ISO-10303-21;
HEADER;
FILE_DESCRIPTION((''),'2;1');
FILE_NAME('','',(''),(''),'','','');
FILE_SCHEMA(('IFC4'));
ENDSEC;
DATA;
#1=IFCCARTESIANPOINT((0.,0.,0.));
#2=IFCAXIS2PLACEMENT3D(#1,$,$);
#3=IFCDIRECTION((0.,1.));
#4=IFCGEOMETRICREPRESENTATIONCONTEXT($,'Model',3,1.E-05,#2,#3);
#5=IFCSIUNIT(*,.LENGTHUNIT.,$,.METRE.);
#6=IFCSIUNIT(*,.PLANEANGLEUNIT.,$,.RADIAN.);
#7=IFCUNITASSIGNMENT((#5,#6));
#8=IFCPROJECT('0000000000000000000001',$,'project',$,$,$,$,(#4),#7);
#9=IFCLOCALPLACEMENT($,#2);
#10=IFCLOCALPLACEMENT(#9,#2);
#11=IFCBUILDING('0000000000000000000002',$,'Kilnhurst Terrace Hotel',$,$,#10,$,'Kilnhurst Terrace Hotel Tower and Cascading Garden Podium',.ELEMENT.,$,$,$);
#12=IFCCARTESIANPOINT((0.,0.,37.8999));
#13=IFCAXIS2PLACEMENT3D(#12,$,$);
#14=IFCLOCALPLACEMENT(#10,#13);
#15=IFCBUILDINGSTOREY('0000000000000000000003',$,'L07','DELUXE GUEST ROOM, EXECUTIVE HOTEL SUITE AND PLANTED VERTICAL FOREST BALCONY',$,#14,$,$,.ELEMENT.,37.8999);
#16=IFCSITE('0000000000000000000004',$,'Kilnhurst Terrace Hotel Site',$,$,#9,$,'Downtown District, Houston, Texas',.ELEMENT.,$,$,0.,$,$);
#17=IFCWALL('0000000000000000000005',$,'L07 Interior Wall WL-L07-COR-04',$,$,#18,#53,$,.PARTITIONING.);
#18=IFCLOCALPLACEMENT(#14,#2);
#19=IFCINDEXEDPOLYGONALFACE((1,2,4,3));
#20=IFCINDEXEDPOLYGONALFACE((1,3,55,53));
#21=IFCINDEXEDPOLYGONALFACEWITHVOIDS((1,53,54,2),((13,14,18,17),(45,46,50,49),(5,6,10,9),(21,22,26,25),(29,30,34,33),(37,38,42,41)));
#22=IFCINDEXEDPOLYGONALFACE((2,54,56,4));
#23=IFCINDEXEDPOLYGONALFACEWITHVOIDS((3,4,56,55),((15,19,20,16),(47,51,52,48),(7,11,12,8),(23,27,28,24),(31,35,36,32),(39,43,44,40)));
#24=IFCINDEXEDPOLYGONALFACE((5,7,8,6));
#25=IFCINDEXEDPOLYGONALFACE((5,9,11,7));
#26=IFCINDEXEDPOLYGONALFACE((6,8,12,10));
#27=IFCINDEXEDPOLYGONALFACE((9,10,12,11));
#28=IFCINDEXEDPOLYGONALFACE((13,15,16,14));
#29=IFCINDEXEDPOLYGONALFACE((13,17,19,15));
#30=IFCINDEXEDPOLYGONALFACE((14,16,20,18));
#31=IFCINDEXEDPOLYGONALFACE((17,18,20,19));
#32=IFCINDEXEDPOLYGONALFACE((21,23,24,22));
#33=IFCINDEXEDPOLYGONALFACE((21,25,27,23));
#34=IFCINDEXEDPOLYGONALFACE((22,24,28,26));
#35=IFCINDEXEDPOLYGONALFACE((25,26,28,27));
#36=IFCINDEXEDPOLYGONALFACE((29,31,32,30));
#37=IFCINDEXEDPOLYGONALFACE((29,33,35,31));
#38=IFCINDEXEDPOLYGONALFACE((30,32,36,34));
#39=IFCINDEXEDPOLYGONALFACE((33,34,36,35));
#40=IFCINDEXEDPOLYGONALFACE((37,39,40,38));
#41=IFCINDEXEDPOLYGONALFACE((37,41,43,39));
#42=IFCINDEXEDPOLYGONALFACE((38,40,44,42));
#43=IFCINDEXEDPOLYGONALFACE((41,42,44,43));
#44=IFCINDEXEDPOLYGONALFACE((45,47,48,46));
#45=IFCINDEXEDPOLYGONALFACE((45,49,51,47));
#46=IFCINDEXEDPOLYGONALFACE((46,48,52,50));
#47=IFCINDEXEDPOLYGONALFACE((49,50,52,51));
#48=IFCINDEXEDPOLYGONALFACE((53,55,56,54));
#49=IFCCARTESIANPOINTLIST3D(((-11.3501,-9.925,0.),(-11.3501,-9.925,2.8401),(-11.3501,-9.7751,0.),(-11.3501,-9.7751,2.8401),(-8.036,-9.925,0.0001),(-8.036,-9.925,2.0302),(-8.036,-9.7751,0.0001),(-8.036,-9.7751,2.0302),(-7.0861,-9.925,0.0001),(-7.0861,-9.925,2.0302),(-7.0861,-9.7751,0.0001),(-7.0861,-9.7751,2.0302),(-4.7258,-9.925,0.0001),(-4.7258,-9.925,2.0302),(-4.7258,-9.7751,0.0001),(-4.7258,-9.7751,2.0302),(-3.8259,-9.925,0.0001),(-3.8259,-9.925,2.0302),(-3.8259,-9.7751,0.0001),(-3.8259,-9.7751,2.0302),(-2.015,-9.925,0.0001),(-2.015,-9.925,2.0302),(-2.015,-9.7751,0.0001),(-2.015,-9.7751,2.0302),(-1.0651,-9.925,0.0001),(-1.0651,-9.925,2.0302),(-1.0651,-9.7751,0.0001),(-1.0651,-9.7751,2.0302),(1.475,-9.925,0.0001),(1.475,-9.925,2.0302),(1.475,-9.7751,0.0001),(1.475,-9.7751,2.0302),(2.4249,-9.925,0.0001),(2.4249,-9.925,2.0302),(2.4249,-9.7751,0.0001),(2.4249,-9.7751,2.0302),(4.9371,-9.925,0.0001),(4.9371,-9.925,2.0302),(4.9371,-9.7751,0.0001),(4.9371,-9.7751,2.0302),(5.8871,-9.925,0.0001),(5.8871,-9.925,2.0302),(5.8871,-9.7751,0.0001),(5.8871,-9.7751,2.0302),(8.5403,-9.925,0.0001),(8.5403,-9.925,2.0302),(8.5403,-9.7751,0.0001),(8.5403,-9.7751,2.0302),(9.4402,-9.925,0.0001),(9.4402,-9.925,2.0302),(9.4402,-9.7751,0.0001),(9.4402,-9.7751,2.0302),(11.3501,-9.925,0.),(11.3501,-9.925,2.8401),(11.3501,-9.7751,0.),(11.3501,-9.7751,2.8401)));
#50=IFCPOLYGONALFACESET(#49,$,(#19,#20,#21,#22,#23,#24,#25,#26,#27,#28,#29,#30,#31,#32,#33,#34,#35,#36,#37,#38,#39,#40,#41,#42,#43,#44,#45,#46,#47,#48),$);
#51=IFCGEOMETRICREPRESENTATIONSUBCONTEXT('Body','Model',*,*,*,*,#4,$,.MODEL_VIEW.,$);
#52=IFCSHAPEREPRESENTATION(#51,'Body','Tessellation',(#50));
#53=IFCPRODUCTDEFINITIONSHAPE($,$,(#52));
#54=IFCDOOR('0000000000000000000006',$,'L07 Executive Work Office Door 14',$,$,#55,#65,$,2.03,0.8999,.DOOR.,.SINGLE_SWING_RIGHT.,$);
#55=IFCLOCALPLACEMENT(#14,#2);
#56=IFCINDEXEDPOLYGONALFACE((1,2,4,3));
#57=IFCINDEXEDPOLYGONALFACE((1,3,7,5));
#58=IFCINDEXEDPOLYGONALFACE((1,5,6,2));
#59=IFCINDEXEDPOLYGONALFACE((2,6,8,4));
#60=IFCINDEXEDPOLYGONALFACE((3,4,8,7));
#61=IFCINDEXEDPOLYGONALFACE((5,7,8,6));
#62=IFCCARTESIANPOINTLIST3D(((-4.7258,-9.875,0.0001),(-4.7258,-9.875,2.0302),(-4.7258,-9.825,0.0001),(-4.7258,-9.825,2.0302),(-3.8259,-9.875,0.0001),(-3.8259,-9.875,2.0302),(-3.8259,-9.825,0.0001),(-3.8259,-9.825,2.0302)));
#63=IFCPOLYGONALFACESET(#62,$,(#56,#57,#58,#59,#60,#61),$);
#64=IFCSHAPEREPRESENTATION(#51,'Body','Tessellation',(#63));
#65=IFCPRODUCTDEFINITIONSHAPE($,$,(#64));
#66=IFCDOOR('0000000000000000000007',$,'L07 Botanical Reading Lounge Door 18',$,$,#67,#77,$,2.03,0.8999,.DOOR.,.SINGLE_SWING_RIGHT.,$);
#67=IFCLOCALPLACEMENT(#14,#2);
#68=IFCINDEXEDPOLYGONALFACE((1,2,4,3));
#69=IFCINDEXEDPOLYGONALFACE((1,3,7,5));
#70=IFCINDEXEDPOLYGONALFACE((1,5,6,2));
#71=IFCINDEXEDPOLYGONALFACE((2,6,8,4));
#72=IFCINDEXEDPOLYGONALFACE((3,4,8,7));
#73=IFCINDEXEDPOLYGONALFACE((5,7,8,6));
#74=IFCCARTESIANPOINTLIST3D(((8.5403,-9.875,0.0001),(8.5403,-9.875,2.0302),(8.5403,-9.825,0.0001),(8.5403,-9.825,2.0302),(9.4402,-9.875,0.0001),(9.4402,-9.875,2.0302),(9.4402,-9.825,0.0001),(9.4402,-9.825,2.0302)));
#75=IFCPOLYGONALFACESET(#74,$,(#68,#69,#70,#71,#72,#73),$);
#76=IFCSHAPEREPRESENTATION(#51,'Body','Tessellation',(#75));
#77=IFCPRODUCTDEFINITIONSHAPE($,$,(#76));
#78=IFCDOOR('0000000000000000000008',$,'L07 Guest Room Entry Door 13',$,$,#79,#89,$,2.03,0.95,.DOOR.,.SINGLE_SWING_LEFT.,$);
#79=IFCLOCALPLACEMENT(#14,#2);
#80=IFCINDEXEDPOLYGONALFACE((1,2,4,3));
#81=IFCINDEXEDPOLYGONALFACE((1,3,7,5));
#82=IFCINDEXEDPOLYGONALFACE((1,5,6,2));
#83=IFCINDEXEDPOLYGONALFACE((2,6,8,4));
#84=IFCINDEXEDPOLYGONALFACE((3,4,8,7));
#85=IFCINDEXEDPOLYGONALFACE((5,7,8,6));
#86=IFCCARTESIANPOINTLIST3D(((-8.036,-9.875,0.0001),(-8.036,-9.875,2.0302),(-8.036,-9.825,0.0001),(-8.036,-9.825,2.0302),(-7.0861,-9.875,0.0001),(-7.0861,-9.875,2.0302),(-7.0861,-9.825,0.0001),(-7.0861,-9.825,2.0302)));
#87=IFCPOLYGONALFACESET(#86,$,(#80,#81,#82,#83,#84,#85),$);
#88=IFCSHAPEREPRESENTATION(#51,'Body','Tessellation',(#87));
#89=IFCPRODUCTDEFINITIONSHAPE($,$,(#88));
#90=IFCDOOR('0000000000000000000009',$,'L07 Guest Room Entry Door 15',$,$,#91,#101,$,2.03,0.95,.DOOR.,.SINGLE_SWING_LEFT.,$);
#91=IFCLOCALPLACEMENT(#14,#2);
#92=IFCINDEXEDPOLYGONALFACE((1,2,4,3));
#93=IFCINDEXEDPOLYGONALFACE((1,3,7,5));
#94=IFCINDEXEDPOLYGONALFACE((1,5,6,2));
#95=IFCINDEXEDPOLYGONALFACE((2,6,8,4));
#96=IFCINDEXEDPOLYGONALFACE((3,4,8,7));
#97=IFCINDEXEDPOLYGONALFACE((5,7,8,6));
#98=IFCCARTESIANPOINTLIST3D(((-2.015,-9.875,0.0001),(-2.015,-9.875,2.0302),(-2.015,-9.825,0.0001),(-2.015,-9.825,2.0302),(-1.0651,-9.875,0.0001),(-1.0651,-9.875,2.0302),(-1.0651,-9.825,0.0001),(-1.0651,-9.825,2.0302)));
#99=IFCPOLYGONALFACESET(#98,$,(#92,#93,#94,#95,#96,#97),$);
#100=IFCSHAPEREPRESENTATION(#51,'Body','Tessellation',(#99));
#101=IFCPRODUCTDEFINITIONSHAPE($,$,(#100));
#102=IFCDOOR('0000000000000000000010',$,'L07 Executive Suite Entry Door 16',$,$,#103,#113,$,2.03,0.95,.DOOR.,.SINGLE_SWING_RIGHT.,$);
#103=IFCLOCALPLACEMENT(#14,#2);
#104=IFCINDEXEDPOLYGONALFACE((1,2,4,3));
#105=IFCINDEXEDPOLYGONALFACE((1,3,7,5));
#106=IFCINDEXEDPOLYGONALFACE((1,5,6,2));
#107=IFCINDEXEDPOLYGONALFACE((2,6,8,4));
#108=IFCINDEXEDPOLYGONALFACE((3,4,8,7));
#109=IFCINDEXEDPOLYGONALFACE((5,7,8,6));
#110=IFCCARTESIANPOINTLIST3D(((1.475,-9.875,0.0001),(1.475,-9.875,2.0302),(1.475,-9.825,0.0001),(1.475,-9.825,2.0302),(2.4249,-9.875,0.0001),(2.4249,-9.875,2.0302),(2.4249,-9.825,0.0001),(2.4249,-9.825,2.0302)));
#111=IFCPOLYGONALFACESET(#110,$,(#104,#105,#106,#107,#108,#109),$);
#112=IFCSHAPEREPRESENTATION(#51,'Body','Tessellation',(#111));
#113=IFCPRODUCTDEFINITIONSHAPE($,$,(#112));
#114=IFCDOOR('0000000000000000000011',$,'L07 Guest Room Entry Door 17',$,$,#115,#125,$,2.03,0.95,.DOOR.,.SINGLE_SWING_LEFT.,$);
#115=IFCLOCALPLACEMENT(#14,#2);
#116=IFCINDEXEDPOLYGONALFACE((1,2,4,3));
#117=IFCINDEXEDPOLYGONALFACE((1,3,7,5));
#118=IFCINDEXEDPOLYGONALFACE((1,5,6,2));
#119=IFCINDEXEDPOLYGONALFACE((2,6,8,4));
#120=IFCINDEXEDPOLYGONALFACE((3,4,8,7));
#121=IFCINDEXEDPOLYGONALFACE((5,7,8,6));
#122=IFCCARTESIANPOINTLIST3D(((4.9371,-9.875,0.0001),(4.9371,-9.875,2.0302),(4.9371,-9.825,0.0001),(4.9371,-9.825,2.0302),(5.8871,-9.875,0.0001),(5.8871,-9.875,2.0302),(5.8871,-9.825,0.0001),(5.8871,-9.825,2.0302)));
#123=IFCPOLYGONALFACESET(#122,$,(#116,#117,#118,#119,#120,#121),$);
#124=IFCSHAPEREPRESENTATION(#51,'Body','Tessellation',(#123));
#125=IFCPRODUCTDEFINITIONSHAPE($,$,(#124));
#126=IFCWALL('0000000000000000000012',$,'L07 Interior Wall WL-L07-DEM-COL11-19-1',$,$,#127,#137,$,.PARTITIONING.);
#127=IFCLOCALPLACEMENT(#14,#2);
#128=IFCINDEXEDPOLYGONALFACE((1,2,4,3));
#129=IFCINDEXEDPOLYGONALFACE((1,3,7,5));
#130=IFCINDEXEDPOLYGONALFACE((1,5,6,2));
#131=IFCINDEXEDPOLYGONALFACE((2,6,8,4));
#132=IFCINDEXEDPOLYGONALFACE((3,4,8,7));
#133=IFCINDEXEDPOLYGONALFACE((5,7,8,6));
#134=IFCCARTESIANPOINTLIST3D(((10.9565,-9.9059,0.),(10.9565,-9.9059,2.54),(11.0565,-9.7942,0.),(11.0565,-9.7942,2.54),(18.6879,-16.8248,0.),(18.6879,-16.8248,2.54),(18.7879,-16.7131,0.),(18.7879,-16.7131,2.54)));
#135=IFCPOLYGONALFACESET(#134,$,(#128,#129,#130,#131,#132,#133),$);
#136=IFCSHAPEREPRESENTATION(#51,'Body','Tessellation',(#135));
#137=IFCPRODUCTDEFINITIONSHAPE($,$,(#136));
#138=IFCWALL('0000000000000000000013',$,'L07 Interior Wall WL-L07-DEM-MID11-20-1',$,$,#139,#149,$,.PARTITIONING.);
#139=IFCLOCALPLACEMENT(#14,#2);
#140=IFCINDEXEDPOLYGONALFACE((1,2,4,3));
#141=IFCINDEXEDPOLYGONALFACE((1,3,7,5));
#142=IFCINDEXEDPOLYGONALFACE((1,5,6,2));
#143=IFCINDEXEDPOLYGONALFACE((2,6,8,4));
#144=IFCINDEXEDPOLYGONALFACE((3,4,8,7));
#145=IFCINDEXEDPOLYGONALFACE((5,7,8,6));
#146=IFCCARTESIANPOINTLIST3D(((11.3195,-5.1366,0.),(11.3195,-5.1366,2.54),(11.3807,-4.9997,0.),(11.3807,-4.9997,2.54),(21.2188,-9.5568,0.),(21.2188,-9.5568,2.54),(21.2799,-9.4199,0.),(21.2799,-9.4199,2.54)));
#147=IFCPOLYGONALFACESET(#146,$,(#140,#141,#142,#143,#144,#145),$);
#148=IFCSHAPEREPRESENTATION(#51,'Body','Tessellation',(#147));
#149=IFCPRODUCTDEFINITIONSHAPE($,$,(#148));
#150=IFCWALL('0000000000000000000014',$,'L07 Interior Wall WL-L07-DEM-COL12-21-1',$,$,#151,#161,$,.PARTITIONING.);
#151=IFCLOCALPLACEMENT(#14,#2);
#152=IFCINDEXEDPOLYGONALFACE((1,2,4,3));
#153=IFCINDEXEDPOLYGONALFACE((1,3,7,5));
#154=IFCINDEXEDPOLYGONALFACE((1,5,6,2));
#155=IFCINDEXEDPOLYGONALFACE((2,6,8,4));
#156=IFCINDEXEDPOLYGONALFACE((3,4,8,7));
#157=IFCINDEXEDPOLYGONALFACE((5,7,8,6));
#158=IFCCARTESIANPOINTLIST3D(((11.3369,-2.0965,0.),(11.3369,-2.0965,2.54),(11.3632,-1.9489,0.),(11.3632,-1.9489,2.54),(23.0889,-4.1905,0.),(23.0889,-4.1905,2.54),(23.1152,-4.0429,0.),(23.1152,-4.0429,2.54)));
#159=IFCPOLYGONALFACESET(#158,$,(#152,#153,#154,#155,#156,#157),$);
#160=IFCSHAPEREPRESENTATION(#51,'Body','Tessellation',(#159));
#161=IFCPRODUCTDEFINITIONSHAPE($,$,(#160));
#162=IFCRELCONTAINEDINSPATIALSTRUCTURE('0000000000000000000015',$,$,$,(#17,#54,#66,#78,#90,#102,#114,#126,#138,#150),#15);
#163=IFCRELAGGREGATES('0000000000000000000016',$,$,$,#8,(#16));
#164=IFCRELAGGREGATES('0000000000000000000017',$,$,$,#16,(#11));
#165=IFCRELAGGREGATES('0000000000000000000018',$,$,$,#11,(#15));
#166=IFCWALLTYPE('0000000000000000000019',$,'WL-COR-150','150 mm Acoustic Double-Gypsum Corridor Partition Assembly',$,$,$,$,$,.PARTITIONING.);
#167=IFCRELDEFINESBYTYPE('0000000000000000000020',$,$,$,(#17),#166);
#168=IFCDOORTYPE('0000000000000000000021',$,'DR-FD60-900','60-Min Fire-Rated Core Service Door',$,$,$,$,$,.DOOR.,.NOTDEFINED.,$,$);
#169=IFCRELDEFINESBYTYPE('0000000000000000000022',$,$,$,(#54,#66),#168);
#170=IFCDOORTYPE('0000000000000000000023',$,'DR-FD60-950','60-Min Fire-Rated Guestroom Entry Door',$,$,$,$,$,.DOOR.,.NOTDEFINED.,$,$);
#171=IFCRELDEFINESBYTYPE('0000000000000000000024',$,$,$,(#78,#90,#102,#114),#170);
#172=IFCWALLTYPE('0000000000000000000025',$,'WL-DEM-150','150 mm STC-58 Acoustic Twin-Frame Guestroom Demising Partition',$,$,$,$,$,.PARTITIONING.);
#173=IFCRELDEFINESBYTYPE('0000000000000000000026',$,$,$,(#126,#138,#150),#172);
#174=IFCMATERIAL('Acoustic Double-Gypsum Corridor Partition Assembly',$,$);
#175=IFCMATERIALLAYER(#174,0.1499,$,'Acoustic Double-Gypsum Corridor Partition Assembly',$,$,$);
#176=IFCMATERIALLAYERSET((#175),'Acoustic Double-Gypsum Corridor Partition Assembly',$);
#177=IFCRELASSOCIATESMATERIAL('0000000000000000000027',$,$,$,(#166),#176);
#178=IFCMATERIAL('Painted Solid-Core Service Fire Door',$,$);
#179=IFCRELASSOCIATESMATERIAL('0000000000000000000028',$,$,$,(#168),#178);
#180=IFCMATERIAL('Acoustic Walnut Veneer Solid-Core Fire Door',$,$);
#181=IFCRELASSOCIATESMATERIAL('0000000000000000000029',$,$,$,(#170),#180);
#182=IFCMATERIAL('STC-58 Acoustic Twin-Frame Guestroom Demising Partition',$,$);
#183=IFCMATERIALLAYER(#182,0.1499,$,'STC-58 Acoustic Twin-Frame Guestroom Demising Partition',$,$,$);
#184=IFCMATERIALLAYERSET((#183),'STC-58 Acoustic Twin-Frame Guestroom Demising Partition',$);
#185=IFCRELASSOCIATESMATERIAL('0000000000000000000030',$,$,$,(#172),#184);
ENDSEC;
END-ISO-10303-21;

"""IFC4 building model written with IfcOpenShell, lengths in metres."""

from ifc_helpers import new_model, si_unit, direction, frame, frame_2d, origin, place, context, subcontext, project, spatial, rectangle, extrude, material, layer, layer_set, type_object, element, fill, save


model = new_model("IFC4")

# Units and contexts
model_context = context("Model", 3, precision=1e-05, world=origin(), true_north=direction((0.0, 1.0)))
body_context = subcontext(model_context, "Body", "Model", "MODEL_VIEW")
ifc_project = project(units=[si_unit("LENGTHUNIT", "METRE"), si_unit("PLANEANGLEUNIT", "RADIAN")], contexts=[model_context])

# Site, building, storey
site_placement = place(None, origin())
site = spatial("IfcSite", under=ifc_project, at=site_placement, Name="Kilnhurst Terrace Hotel Site", LongName="Downtown District, Houston, Texas", CompositionType="ELEMENT", RefElevation=0.0)
building_placement = place(site_placement, origin())
building = spatial("IfcBuilding", under=site, at=building_placement, Name="Kilnhurst Terrace Hotel", LongName="Kilnhurst Terrace Hotel Tower and Cascading Garden Podium", CompositionType="ELEMENT")
storey_placement = place(building_placement, frame((0.0, 0.0, 37.8999)))
storey = spatial("IfcBuildingStorey", under=building, at=storey_placement, Name="L07", Description="DELUXE GUEST ROOM, EXECUTIVE HOTEL SUITE AND PLANTED VERTICAL FOREST BALCONY", CompositionType="ELEMENT", Elevation=37.8999)

# Wall, openings, doors
ifc_material_1 = material(Name="Acoustic Double-Gypsum Corridor Partition Assembly")
ifc_layer_1 = layer(ifc_material_1, 0.1499, Name="Acoustic Double-Gypsum Corridor Partition Assembly")
ifc_layer_set_1 = layer_set([ifc_layer_1], Name="Acoustic Double-Gypsum Corridor Partition Assembly")
wall_type_1 = type_object("IfcWallType", Name="WL-COR-150", Description="150 mm Acoustic Double-Gypsum Corridor Partition Assembly", PredefinedType="PARTITIONING", material=ifc_layer_set_1)
wall_1_placement = place(storey_placement, frame((11.3501, -9.8501, 0.0), z_axis=(0.0, 0.0, 1.0), x_axis=(-1.0, 0.0, 0.0)))
wall_1 = element("IfcWall", 1, at=wall_1_placement, inside=storey, type_object=wall_type_1, Name="L07 Interior Wall WL-L07-COR-04", PredefinedType="PARTITIONING", context=body_context, shape_type="SweptSolid", body=[
    extrude(rectangle(XDim=22.7002, YDim=0.1499, at=frame_2d((11.3501, 0.0))), origin(), (0.0, 0.0, 1.0), 2.8401),
])
opening_1_placement = place(wall_1_placement, frame((18.436, 0.0, 0.0)))
opening_1 = element("IfcOpeningElement", 2, at=opening_1_placement, cuts=wall_1, PredefinedType="OPENING", context=body_context, shape_type="SweptSolid", body=[
    extrude(rectangle(XDim=0.95, YDim=2.03, at=frame_2d((0.4751, 1.0151))), frame((0.0, 0.085, 0.0), z_axis=(0.0, -1.0, 0.0), x_axis=(1.0, 0.0, 0.0)), (0.0, 0.0, 1.0), 0.1699),
])
opening_2_placement = place(wall_1_placement, frame((15.176, 0.0, 0.0)))
opening_2 = element("IfcOpeningElement", 3, at=opening_2_placement, cuts=wall_1, PredefinedType="OPENING", context=body_context, shape_type="SweptSolid", body=[
    extrude(rectangle(XDim=0.8999, YDim=2.03, at=frame_2d((0.45, 1.0151))), frame((0.0, 0.085, 0.0), z_axis=(0.0, -1.0, 0.0), x_axis=(1.0, 0.0, 0.0)), (0.0, 0.0, 1.0), 0.1699),
])
opening_3_placement = place(wall_1_placement, frame((12.415, 0.0, 0.0)))
opening_3 = element("IfcOpeningElement", 4, at=opening_3_placement, cuts=wall_1, PredefinedType="OPENING", context=body_context, shape_type="SweptSolid", body=[
    extrude(rectangle(XDim=0.95, YDim=2.03, at=frame_2d((0.4751, 1.0151))), frame((0.0, 0.085, 0.0), z_axis=(0.0, -1.0, 0.0), x_axis=(1.0, 0.0, 0.0)), (0.0, 0.0, 1.0), 0.1699),
])
opening_4_placement = place(wall_1_placement, frame((8.925, 0.0, 0.0)))
opening_4 = element("IfcOpeningElement", 5, at=opening_4_placement, cuts=wall_1, PredefinedType="OPENING", context=body_context, shape_type="SweptSolid", body=[
    extrude(rectangle(XDim=0.95, YDim=2.03, at=frame_2d((0.4751, 1.0151))), frame((0.0, 0.085, 0.0), z_axis=(0.0, -1.0, 0.0), x_axis=(1.0, 0.0, 0.0)), (0.0, 0.0, 1.0), 0.1699),
])
opening_5_placement = place(wall_1_placement, frame((5.4629, 0.0, 0.0)))
opening_5 = element("IfcOpeningElement", 6, at=opening_5_placement, cuts=wall_1, PredefinedType="OPENING", context=body_context, shape_type="SweptSolid", body=[
    extrude(rectangle(XDim=0.95, YDim=2.03, at=frame_2d((0.4751, 1.0151))), frame((0.0, 0.085, 0.0), z_axis=(0.0, -1.0, 0.0), x_axis=(1.0, 0.0, 0.0)), (0.0, 0.0, 1.0), 0.1699),
])
opening_6_placement = place(wall_1_placement, frame((1.9099, 0.0, 0.0)))
opening_6 = element("IfcOpeningElement", 7, at=opening_6_placement, cuts=wall_1, PredefinedType="OPENING", context=body_context, shape_type="SweptSolid", body=[
    extrude(rectangle(XDim=0.8999, YDim=2.03, at=frame_2d((0.45, 1.0151))), frame((0.0, 0.085, 0.0), z_axis=(0.0, -1.0, 0.0), x_axis=(1.0, 0.0, 0.0)), (0.0, 0.0, 1.0), 0.1699),
])
ifc_material_2 = material(Name="Painted Solid-Core Service Fire Door")
door_type_1 = type_object("IfcDoorType", Name="DR-FD60-900", Description="60-Min Fire-Rated Core Service Door", OperationType="NOTDEFINED", PredefinedType="DOOR", material=ifc_material_2)
door_1_placement = place(opening_2_placement, origin())
door_1 = element("IfcDoor", 8, at=door_1_placement, inside=storey, type_object=door_type_1, Name="L07 Executive Work Office Door 14", OperationType="SINGLE_SWING_RIGHT", OverallHeight=2.03, OverallWidth=0.8999, PredefinedType="DOOR", context=body_context, shape_type="SweptSolid", body=[
    extrude(rectangle(XDim=0.8999, YDim=2.03, at=frame_2d((0.45, 1.0151))), frame((0.0, 0.0249, 0.0), z_axis=(0.0, -1.0, 0.0), x_axis=(1.0, 0.0, 0.0)), (0.0, 0.0, 1.0), 0.05),
])
fill(opening_2, door_1)
door_2_placement = place(opening_6_placement, origin())
door_2 = element("IfcDoor", 9, at=door_2_placement, inside=storey, type_object=door_type_1, Name="L07 Botanical Reading Lounge Door 18", OperationType="SINGLE_SWING_RIGHT", OverallHeight=2.03, OverallWidth=0.8999, PredefinedType="DOOR", context=body_context, shape_type="SweptSolid", body=[
    extrude(rectangle(XDim=0.8999, YDim=2.03, at=frame_2d((0.45, 1.0151))), frame((0.0, 0.0249, 0.0), z_axis=(0.0, -1.0, 0.0), x_axis=(1.0, 0.0, 0.0)), (0.0, 0.0, 1.0), 0.05),
])
fill(opening_6, door_2)
ifc_material_3 = material(Name="Acoustic Walnut Veneer Solid-Core Fire Door")
door_type_2 = type_object("IfcDoorType", Name="DR-FD60-950", Description="60-Min Fire-Rated Guestroom Entry Door", OperationType="NOTDEFINED", PredefinedType="DOOR", material=ifc_material_3)
door_3_placement = place(opening_1_placement, origin())
door_3 = element("IfcDoor", 10, at=door_3_placement, inside=storey, type_object=door_type_2, Name="L07 Guest Room Entry Door 13", OperationType="SINGLE_SWING_LEFT", OverallHeight=2.03, OverallWidth=0.95, PredefinedType="DOOR", context=body_context, shape_type="SweptSolid", body=[
    extrude(rectangle(XDim=0.95, YDim=2.03, at=frame_2d((0.4751, 1.0151))), frame((0.0, 0.0249, 0.0), z_axis=(0.0, -1.0, 0.0), x_axis=(1.0, 0.0, 0.0)), (0.0, 0.0, 1.0), 0.05),
])
fill(opening_1, door_3)
door_4_placement = place(opening_3_placement, origin())
door_4 = element("IfcDoor", 11, at=door_4_placement, inside=storey, type_object=door_type_2, Name="L07 Guest Room Entry Door 15", OperationType="SINGLE_SWING_LEFT", OverallHeight=2.03, OverallWidth=0.95, PredefinedType="DOOR", context=body_context, shape_type="SweptSolid", body=[
    extrude(rectangle(XDim=0.95, YDim=2.03, at=frame_2d((0.4751, 1.0151))), frame((0.0, 0.0249, 0.0), z_axis=(0.0, -1.0, 0.0), x_axis=(1.0, 0.0, 0.0)), (0.0, 0.0, 1.0), 0.05),
])
fill(opening_3, door_4)
door_5_placement = place(opening_4_placement, origin())
door_5 = element("IfcDoor", 12, at=door_5_placement, inside=storey, type_object=door_type_2, Name="L07 Executive Suite Entry Door 16", OperationType="SINGLE_SWING_RIGHT", OverallHeight=2.03, OverallWidth=0.95, PredefinedType="DOOR", context=body_context, shape_type="SweptSolid", body=[
    extrude(rectangle(XDim=0.95, YDim=2.03, at=frame_2d((0.4751, 1.0151))), frame((0.0, 0.0249, 0.0), z_axis=(0.0, -1.0, 0.0), x_axis=(1.0, 0.0, 0.0)), (0.0, 0.0, 1.0), 0.05),
])
fill(opening_4, door_5)
door_6_placement = place(opening_5_placement, origin())
door_6 = element("IfcDoor", 13, at=door_6_placement, inside=storey, type_object=door_type_2, Name="L07 Guest Room Entry Door 17", OperationType="SINGLE_SWING_LEFT", OverallHeight=2.03, OverallWidth=0.95, PredefinedType="DOOR", context=body_context, shape_type="SweptSolid", body=[
    extrude(rectangle(XDim=0.95, YDim=2.03, at=frame_2d((0.4751, 1.0151))), frame((0.0, 0.0249, 0.0), z_axis=(0.0, -1.0, 0.0), x_axis=(1.0, 0.0, 0.0)), (0.0, 0.0, 1.0), 0.05),
])
fill(opening_5, door_6)

# Walls
ifc_material_4 = material(Name="STC-58 Acoustic Twin-Frame Guestroom Demising Partition")
ifc_layer_2 = layer(ifc_material_4, 0.1499, Name="STC-58 Acoustic Twin-Frame Guestroom Demising Partition")
ifc_layer_set_2 = layer_set([ifc_layer_2], Name="STC-58 Acoustic Twin-Frame Guestroom Demising Partition")
wall_type_2 = type_object("IfcWallType", Name="WL-DEM-150", Description="150 mm STC-58 Acoustic Twin-Frame Guestroom Demising Partition", PredefinedType="PARTITIONING", material=ifc_layer_set_2)
wall_2_placement = place(storey_placement, frame((11.0066, -9.8501, 0.0), z_axis=(0.0, 0.0, 1.0), x_axis=(0.745177, -0.666866, 0.0)))
element("IfcWall", 14, at=wall_2_placement, inside=storey, type_object=wall_type_2, Name="L07 Interior Wall WL-L07-DEM-COL11-19-1", PredefinedType="PARTITIONING", context=body_context, shape_type="SweptSolid", body=[
    extrude(rectangle(XDim=10.3752, YDim=0.1499, at=frame_2d((5.1875, 0.0))), origin(), (0.0, 0.0, 1.0), 2.54),
])
wall_3_placement = place(storey_placement, frame((11.3501, -5.0681, 0.0), z_axis=(0.0, 0.0, 1.0), x_axis=(0.913107, -0.40772, 0.0)))
element("IfcWall", 15, at=wall_3_placement, inside=storey, type_object=wall_type_2, Name="L07 Interior Wall WL-L07-DEM-MID11-20-1", PredefinedType="PARTITIONING", context=body_context, shape_type="SweptSolid", body=[
    extrude(rectangle(XDim=10.8413, YDim=0.1499, at=frame_2d((5.4207, 0.0))), origin(), (0.0, 0.0, 1.0), 2.54),
])
wall_4_placement = place(storey_placement, frame((11.3501, -2.0227, 0.0), z_axis=(0.0, 0.0, 1.0), x_axis=(0.984494, -0.17542, 0.0)))
element("IfcWall", 16, at=wall_4_placement, inside=storey, type_object=wall_type_2, Name="L07 Interior Wall WL-L07-DEM-COL12-21-1", PredefinedType="PARTITIONING", context=body_context, shape_type="SweptSolid", body=[
    extrude(rectangle(XDim=11.937, YDim=0.1499, at=frame_2d((5.9685, 0.0))), origin(), (0.0, 0.0, 1.0), 2.54),
])

save(model, "model.ifc")
